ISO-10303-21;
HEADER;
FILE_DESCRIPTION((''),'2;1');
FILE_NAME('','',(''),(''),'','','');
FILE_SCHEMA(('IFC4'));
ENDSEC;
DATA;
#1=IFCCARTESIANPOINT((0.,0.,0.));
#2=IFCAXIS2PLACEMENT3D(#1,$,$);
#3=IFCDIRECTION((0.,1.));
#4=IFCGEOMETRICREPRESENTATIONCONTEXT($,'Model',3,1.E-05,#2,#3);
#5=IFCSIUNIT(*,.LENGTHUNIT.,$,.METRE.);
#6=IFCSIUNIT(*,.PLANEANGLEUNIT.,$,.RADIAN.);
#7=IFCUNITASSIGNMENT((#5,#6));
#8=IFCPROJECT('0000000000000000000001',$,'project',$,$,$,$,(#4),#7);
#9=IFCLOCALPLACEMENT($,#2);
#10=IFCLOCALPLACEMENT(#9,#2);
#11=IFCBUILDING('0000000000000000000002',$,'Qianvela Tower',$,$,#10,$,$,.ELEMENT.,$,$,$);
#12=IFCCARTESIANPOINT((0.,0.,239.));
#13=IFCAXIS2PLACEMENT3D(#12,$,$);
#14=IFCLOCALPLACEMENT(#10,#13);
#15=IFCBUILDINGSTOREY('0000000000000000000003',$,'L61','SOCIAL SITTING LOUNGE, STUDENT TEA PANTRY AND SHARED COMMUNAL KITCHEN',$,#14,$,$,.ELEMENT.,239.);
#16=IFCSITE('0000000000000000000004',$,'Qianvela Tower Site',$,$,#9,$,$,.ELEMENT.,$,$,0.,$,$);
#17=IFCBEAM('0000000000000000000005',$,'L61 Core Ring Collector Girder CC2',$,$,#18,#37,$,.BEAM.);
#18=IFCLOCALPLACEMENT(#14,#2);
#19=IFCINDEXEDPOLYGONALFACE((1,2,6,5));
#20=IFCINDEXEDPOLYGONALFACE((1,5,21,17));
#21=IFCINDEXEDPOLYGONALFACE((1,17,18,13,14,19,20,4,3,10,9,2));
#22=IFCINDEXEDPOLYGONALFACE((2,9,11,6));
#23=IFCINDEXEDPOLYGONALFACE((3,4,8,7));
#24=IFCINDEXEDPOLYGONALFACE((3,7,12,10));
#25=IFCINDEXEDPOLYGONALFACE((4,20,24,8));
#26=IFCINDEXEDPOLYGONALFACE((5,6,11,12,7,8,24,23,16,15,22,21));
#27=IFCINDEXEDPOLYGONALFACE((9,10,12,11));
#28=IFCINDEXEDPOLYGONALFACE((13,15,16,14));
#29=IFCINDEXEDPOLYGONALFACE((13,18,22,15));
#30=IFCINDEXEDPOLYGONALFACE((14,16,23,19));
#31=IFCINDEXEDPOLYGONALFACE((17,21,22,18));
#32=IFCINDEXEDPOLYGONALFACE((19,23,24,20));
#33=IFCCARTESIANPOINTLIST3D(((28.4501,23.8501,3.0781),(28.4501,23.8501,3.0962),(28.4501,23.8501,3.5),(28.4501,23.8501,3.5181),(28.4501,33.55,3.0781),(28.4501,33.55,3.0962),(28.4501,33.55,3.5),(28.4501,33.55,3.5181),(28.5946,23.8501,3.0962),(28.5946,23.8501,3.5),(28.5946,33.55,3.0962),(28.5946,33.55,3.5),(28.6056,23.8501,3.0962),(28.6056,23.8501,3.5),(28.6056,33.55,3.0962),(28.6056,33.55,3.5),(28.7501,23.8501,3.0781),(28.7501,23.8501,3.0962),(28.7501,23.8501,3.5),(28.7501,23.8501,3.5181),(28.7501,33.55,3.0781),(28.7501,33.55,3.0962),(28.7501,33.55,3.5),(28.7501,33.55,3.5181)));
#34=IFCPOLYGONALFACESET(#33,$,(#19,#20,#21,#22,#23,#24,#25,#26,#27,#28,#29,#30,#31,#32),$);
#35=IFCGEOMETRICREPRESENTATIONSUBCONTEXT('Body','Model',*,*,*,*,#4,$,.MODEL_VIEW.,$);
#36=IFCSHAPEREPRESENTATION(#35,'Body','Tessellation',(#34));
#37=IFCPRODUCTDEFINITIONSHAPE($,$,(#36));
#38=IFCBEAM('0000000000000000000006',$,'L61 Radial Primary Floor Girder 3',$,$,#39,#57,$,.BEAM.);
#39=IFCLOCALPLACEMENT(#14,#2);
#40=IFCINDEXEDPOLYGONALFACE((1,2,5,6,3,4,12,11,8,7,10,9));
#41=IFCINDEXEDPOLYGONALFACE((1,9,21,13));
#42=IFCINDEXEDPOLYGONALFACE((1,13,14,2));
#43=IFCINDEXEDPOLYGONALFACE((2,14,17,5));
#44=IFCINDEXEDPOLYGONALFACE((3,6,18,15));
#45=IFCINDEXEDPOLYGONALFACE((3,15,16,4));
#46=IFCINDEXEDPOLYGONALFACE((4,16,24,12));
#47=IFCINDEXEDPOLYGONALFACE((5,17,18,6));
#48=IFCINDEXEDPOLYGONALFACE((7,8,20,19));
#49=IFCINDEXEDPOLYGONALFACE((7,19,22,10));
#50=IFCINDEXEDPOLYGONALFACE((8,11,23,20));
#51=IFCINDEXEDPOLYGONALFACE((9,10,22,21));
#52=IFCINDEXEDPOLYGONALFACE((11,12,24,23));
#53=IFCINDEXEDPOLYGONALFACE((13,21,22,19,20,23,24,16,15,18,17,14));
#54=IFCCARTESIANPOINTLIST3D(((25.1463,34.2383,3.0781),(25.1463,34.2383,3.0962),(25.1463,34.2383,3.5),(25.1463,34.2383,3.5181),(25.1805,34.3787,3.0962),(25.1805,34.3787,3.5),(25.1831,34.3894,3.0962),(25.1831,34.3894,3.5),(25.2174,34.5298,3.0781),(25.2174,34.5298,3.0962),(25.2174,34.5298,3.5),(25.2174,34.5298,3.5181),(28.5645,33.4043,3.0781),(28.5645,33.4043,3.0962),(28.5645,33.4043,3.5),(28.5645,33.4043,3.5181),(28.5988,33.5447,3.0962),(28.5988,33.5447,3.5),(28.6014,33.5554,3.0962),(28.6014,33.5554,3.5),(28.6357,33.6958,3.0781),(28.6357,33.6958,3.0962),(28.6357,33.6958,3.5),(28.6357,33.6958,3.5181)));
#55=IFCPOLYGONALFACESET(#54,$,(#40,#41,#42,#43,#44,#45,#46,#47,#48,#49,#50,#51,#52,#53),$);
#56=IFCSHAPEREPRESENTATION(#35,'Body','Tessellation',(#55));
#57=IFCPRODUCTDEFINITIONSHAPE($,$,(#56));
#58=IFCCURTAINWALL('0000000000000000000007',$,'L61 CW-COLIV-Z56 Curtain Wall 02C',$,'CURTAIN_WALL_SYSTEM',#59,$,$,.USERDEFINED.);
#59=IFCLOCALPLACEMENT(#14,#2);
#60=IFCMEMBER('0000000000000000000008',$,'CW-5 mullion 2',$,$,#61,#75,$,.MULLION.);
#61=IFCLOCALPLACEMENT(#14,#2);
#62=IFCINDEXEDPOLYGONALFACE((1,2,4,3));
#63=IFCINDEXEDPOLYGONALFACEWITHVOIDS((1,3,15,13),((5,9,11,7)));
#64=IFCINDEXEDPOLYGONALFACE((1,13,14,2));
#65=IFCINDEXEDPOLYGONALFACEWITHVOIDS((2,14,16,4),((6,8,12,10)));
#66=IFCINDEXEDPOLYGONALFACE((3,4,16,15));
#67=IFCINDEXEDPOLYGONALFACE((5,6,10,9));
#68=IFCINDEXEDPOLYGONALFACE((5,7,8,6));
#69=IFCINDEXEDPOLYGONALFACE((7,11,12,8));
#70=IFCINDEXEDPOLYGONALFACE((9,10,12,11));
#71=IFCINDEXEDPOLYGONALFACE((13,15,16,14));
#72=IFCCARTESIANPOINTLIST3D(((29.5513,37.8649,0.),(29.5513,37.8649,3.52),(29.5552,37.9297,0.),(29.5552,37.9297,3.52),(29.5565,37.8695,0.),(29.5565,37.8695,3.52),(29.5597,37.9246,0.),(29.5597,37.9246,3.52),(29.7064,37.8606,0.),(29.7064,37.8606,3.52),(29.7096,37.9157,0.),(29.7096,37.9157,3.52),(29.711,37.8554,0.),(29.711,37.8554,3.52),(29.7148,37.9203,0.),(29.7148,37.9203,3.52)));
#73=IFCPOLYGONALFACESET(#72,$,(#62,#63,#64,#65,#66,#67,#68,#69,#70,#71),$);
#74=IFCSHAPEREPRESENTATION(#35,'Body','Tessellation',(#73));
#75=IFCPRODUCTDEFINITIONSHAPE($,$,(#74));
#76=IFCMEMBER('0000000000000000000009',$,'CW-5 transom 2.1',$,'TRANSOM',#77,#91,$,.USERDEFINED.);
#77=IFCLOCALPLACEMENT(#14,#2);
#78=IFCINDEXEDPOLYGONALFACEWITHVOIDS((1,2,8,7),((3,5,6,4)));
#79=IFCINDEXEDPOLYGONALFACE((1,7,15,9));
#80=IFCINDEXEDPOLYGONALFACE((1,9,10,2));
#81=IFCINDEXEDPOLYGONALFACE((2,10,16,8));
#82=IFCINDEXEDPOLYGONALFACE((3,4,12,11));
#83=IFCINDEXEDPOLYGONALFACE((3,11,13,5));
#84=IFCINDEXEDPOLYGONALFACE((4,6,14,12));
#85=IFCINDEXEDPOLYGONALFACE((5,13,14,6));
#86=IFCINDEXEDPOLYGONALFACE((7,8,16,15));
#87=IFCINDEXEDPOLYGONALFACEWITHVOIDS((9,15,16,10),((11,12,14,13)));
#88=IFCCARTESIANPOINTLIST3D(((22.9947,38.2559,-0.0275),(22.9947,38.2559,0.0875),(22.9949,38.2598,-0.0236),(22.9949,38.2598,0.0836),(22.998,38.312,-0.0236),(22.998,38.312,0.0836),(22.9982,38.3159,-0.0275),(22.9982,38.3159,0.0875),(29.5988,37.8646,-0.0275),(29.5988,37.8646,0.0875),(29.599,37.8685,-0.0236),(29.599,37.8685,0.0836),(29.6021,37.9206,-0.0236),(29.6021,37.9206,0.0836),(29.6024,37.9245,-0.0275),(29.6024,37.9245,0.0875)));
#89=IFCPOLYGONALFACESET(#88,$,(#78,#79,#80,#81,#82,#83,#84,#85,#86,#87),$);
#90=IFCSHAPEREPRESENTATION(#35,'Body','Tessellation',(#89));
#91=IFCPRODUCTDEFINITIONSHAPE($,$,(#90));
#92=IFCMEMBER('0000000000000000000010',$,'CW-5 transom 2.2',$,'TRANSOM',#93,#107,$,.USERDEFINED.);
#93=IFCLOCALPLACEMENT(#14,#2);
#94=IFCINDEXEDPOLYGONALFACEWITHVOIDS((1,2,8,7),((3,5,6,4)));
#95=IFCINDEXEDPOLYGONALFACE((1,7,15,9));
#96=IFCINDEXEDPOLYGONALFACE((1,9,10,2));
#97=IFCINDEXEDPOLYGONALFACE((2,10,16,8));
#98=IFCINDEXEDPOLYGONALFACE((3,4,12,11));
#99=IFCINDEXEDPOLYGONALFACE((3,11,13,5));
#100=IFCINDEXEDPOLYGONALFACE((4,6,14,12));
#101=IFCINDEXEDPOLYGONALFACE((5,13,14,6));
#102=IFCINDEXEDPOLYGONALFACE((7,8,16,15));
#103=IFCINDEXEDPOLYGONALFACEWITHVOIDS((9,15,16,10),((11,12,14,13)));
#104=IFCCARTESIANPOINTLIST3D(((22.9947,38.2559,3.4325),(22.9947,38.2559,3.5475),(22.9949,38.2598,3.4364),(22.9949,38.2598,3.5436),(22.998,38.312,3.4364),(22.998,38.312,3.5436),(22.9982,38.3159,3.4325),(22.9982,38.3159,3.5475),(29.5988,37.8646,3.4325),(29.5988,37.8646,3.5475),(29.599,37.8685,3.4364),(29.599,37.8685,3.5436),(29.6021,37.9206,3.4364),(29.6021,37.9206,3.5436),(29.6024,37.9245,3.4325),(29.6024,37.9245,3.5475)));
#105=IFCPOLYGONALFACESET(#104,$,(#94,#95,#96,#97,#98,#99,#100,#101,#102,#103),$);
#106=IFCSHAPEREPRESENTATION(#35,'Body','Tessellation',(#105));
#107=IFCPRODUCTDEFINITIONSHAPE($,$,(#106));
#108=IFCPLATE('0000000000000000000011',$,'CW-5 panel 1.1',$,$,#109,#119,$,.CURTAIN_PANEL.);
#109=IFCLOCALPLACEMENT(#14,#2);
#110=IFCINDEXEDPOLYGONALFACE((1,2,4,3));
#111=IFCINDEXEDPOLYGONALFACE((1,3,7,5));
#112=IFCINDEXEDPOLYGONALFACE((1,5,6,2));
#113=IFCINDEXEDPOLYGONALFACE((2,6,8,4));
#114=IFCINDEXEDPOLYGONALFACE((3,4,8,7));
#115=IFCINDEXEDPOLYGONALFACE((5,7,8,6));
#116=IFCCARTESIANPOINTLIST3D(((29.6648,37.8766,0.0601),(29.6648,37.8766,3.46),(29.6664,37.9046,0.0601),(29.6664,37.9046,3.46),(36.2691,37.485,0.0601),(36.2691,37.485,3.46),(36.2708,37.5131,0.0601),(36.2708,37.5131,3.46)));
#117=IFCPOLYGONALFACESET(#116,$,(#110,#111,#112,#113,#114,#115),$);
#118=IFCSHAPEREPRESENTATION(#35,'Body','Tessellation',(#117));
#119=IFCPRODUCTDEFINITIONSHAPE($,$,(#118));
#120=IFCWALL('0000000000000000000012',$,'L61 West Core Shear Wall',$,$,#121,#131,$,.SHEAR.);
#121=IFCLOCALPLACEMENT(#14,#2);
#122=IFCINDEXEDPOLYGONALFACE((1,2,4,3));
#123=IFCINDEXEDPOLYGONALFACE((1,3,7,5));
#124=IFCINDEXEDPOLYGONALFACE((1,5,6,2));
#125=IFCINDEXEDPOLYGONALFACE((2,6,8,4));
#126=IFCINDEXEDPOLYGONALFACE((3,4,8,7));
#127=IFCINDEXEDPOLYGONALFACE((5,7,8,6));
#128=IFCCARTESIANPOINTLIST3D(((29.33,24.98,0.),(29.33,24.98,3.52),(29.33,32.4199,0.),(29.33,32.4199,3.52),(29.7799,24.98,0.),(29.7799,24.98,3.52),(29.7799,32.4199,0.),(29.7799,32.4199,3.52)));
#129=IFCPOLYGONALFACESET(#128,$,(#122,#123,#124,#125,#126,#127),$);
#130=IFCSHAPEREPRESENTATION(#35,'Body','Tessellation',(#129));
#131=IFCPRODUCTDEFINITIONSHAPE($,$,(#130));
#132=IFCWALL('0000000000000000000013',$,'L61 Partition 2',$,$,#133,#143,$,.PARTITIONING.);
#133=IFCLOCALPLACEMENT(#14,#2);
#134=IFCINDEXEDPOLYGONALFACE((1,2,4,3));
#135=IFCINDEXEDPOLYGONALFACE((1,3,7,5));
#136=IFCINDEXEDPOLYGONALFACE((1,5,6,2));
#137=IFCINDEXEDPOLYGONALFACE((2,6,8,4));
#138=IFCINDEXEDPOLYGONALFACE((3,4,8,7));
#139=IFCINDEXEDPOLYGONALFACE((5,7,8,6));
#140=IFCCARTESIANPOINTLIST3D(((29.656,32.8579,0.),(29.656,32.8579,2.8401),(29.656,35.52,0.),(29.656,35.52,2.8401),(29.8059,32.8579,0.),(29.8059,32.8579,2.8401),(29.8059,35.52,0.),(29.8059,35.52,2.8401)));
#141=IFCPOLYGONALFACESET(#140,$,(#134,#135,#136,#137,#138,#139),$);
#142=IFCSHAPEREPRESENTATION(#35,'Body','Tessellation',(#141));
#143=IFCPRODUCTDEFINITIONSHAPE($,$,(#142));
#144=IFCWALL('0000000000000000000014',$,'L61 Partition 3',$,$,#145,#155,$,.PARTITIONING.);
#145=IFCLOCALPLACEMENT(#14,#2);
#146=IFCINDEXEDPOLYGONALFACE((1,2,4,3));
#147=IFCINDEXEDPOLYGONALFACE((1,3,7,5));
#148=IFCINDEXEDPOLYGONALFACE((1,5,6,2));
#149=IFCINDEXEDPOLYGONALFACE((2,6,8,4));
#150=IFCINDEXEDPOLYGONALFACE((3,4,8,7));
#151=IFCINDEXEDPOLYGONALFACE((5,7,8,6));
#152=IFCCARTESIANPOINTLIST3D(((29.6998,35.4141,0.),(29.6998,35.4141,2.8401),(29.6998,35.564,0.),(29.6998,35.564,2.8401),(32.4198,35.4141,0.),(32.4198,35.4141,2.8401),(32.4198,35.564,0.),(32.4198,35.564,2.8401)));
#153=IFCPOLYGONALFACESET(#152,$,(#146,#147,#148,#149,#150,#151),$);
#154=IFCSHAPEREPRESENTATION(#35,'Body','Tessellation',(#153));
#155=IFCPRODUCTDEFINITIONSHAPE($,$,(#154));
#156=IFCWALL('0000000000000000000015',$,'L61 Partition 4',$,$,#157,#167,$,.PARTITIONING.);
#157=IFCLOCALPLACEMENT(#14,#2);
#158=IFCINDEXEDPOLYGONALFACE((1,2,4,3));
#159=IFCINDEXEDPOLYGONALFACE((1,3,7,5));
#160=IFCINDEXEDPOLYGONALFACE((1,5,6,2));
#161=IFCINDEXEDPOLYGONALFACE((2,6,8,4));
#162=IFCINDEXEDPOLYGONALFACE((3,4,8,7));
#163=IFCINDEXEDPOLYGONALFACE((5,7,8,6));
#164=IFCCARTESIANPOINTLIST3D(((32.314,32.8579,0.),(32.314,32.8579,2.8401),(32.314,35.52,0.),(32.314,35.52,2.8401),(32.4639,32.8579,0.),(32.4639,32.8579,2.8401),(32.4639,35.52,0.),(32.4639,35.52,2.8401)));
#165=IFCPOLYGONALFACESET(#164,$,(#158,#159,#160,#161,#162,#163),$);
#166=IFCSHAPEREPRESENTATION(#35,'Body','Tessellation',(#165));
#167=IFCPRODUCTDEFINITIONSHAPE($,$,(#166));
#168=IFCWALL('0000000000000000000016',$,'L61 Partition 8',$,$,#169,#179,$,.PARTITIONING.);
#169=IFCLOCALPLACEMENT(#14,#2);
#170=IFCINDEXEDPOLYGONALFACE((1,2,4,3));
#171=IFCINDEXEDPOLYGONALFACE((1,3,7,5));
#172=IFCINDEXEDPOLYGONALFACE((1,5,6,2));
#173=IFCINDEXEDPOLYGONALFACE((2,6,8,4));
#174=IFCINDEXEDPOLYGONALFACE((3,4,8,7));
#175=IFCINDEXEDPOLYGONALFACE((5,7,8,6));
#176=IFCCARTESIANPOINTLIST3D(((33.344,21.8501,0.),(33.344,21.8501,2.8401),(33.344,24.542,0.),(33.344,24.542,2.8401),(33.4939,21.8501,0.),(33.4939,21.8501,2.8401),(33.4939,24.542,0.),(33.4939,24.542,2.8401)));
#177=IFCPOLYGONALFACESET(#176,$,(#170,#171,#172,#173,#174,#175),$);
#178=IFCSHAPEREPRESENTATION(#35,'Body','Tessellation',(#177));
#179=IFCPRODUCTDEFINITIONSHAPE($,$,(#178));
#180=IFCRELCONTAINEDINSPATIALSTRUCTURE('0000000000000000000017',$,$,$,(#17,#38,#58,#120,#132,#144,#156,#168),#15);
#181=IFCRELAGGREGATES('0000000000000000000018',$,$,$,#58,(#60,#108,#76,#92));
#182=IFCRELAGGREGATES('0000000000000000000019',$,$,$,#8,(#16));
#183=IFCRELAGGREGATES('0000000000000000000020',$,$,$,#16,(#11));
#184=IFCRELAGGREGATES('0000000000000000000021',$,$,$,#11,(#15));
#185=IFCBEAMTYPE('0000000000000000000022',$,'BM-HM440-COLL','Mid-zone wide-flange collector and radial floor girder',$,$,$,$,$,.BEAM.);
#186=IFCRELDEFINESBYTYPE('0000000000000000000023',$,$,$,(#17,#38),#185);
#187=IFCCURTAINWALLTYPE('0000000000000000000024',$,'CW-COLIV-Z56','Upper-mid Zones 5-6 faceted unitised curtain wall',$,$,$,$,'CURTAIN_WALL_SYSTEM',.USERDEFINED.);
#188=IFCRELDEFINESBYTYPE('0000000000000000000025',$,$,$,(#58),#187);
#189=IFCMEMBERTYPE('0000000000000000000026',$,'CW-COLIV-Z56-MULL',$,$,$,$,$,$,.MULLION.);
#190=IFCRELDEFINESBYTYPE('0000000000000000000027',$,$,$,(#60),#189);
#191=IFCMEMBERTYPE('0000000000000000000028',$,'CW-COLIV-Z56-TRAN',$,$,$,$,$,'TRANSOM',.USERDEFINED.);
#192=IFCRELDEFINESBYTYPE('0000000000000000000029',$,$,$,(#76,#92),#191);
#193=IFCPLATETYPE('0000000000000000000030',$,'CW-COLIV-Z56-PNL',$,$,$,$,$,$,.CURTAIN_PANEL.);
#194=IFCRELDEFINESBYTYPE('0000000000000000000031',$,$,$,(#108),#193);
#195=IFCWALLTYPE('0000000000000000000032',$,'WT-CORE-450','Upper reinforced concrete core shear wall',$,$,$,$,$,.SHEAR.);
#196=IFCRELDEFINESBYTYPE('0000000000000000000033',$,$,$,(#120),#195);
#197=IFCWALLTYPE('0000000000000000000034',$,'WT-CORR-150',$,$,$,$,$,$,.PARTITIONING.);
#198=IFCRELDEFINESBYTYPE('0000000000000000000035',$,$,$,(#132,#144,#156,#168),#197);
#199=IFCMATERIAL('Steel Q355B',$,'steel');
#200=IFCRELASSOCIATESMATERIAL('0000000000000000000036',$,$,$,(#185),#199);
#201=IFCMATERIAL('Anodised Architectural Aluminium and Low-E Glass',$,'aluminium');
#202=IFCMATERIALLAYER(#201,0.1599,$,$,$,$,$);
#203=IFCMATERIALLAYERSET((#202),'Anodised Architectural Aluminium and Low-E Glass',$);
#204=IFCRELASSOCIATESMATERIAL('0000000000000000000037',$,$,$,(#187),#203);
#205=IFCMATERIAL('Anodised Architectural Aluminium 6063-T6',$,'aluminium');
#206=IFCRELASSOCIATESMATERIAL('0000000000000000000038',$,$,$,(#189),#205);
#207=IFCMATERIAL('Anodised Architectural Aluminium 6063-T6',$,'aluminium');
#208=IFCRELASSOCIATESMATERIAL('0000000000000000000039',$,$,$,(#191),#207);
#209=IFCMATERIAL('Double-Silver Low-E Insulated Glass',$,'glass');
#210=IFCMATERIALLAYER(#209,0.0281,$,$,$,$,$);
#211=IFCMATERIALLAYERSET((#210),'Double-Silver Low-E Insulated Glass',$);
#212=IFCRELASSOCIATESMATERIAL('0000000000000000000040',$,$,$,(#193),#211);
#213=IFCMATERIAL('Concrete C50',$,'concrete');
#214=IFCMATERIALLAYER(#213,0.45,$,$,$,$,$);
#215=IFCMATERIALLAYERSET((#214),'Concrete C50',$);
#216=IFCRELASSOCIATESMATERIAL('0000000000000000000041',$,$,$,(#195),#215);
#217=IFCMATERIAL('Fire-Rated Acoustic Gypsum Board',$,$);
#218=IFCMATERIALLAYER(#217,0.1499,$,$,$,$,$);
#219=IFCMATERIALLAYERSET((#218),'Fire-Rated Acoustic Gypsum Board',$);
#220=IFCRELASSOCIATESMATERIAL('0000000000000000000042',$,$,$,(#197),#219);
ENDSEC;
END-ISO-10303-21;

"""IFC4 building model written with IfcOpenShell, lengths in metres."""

from ifc_helpers import new_model, si_unit, direction, frame, frame_2d, origin, origin_2d, place, context, subcontext, project, spatial, rectangle, hollow_rectangle, i_section, extrude, material, layer, layer_set, material_profile, profile_set, type_object, element, aggregate, save


model = new_model("IFC4")

# Units and contexts
model_context = context("Model", 3, precision=1e-05, world=origin(), true_north=direction((0.0, 1.0)))
body_context = subcontext(model_context, "Body", "Model", "MODEL_VIEW")
ifc_project = project(units=[si_unit("LENGTHUNIT", "METRE"), si_unit("PLANEANGLEUNIT", "RADIAN")], contexts=[model_context])

# Site, building, storey
site_placement = place(None, origin())
site = spatial("IfcSite", under=ifc_project, at=site_placement, Name="Qianvela Tower Site", CompositionType="ELEMENT", RefElevation=0.0)
building_placement = place(site_placement, origin())
building = spatial("IfcBuilding", under=site, at=building_placement, Name="Qianvela Tower", CompositionType="ELEMENT")
storey_placement = place(building_placement, frame((0.0, 0.0, 239.0)))
storey = spatial("IfcBuildingStorey", under=building, at=storey_placement, Name="L61", Description="SOCIAL SITTING LOUNGE, STUDENT TEA PANTRY AND SHARED COMMUNAL KITCHEN", CompositionType="ELEMENT", Elevation=239.0)

# Beams
ifc_material_1 = material(Name="Steel Q355B", Category="steel")
ifc_material_profile_1 = material_profile(ifc_material_1, i_section(OverallWidth=0.3, OverallDepth=0.4399, WebThickness=0.011, FlangeThickness=0.0181, at=origin_2d()), Name="HM440x300x11x18")
ifc_profile_set_1 = profile_set([ifc_material_profile_1], Name="Steel Q355B")
beam_type = type_object("IfcBeamType", Name="BM-HM440-COLL", Description="Mid-zone wide-flange collector and radial floor girder", PredefinedType="BEAM", material=ifc_profile_set_1)
beam_1_placement = place(storey_placement, frame((28.6001, 33.55, 3.2981), z_axis=(0.0, -1.0, 0.0), x_axis=(1.0, 0.0, 0.0)))
element("IfcBeam", 1, at=beam_1_placement, inside=storey, type_object=beam_type, Name="L61 Core Ring Collector Girder CC2", PredefinedType="BEAM", context=body_context, shape_type="SweptSolid", body=[
    extrude(i_section(OverallWidth=0.3, OverallDepth=0.4399, WebThickness=0.011, FlangeThickness=0.0181, at=origin_2d()), origin(), (0.0, 0.0, 1.0), 9.7),
])
beam_2_placement = place(storey_placement, frame((28.6001, 33.55, 3.2981), z_axis=(-0.971502, 0.23703, 0.0), x_axis=(-0.23703, -0.971502, 0.0)))
element("IfcBeam", 2, at=beam_2_placement, inside=storey, type_object=beam_type, Name="L61 Radial Primary Floor Girder 3", PredefinedType="BEAM", context=body_context, shape_type="SweptSolid", body=[
    extrude(i_section(OverallWidth=0.3, OverallDepth=0.4399, WebThickness=0.011, FlangeThickness=0.0181, at=origin_2d()), origin(), (0.0, 0.0, 1.0), 3.5186),
])

# Curtain wall, members, plate
ifc_material_2 = material(Name="Anodised Architectural Aluminium and Low-E Glass", Category="aluminium")
ifc_layer_1 = layer(ifc_material_2, 0.1599)
ifc_layer_set_1 = layer_set([ifc_layer_1], Name="Anodised Architectural Aluminium and Low-E Glass")
curtain_wall_type = type_object("IfcCurtainWallType", Name="CW-COLIV-Z56", Description="Upper-mid Zones 5-6 faceted unitised curtain wall", ElementType="CURTAIN_WALL_SYSTEM", PredefinedType="USERDEFINED", material=ifc_layer_set_1)
curtain_wall_placement = place(storey_placement, origin())
curtain_wall = element("IfcCurtainWall", 3, at=curtain_wall_placement, inside=storey, type_object=curtain_wall_type, Name="L61 CW-COLIV-Z56 Curtain Wall 02C", ObjectType="CURTAIN_WALL_SYSTEM", PredefinedType="USERDEFINED")
ifc_material_3 = material(Name="Anodised Architectural Aluminium 6063-T6", Category="aluminium")
ifc_material_profile_2 = material_profile(ifc_material_3, hollow_rectangle(XDim=0.0649, YDim=0.1599, WallThickness=0.0049, at=origin_2d()), Name="ALU-MULL-65x160")
ifc_profile_set_2 = profile_set([ifc_material_profile_2], Name="Anodised Architectural Aluminium 6063-T6")
member_type_1 = type_object("IfcMemberType", Name="CW-COLIV-Z56-MULL", PredefinedType="MULLION", material=ifc_profile_set_2)
member_1_placement = place(storey_placement, frame((29.6331, 37.8926, 0.0), z_axis=(0.0, 0.0, 1.0), x_axis=(-0.05918, -0.998247, 0.0)))
member_1 = element("IfcMember", 4, at=member_1_placement, type_object=member_type_1, Name="CW-5 mullion 2", PredefinedType="MULLION", context=body_context, shape_type="SweptSolid", body=[
    extrude(hollow_rectangle(XDim=0.0649, YDim=0.1599, WallThickness=0.0049, at=origin_2d()), origin(), (0.0, 0.0, 1.0), 3.52),
])
ifc_material_4 = material(Name="Anodised Architectural Aluminium 6063-T6", Category="aluminium")
ifc_material_profile_3 = material_profile(ifc_material_4, hollow_rectangle(XDim=0.0601, YDim=0.115, WallThickness=0.0039, at=origin_2d()), Name="ALU-TRAN-60x115")
ifc_profile_set_3 = profile_set([ifc_material_profile_3], Name="Anodised Architectural Aluminium 6063-T6")
member_type_2 = type_object("IfcMemberType", Name="CW-COLIV-Z56-TRAN", ElementType="TRANSOM", PredefinedType="USERDEFINED", material=ifc_profile_set_3)
member_2_placement = place(storey_placement, frame((29.6006, 37.8945, 0.03), z_axis=(-0.998249, 0.059155, 0.0), x_axis=(-0.059155, -0.998249, 0.0)))
member_2 = element("IfcMember", 5, at=member_2_placement, type_object=member_type_2, Name="CW-5 transom 2.1", ObjectType="TRANSOM", PredefinedType="USERDEFINED", context=body_context, shape_type="SweptSolid", body=[
    extrude(hollow_rectangle(XDim=0.0601, YDim=0.115, WallThickness=0.0039, at=origin_2d()), origin(), (0.0, 0.0, 1.0), 6.6157),
])
member_3_placement = place(storey_placement, frame((29.6006, 37.8945, 3.49), z_axis=(-0.998249, 0.059155, 0.0), x_axis=(-0.059155, -0.998249, 0.0)))
member_3 = element("IfcMember", 6, at=member_3_placement, type_object=member_type_2, Name="CW-5 transom 2.2", ObjectType="TRANSOM", PredefinedType="USERDEFINED", context=body_context, shape_type="SweptSolid", body=[
    extrude(hollow_rectangle(XDim=0.0601, YDim=0.115, WallThickness=0.0039, at=origin_2d()), origin(), (0.0, 0.0, 1.0), 6.6157),
])
ifc_material_5 = material(Name="Double-Silver Low-E Insulated Glass", Category="glass")
ifc_layer_2 = layer(ifc_material_5, 0.0281)
ifc_layer_set_2 = layer_set([ifc_layer_2], Name="Double-Silver Low-E Insulated Glass")
plate_type = type_object("IfcPlateType", Name="CW-COLIV-Z56-PNL", PredefinedType="CURTAIN_PANEL", material=ifc_layer_set_2)
plate_placement = place(storey_placement, frame((32.9678, 37.6948, 0.0601), z_axis=(0.0, 0.0, 1.0), x_axis=(-0.998247, 0.05918, 0.0)))
plate = element("IfcPlate", 7, at=plate_placement, type_object=plate_type, Name="CW-5 panel 1.1", PredefinedType="CURTAIN_PANEL", context=body_context, shape_type="SweptSolid", body=[
    extrude(rectangle(XDim=6.616, YDim=0.0281, at=origin_2d()), origin(), (0.0, 0.0, 1.0), 3.3999),
])
aggregate(curtain_wall, [member_1, plate, member_2, member_3])

# Shared definitions
ifc_material_6 = material(Name="Concrete C50", Category="concrete")
ifc_layer_3 = layer(ifc_material_6, 0.45)
ifc_layer_set_3 = layer_set([ifc_layer_3], Name="Concrete C50")
wall_type_1 = type_object("IfcWallType", Name="WT-CORE-450", Description="Upper reinforced concrete core shear wall", PredefinedType="SHEAR", material=ifc_layer_set_3)

# Walls
wall_1_placement = place(storey_placement, frame((29.5549, 24.98, 0.0), z_axis=(0.0, 0.0, 1.0), x_axis=(0.0, 1.0, 0.0)))
element("IfcWall", 8, at=wall_1_placement, inside=storey, type_object=wall_type_1, Name="L61 West Core Shear Wall", PredefinedType="SHEAR", context=body_context, shape_type="SweptSolid", body=[
    extrude(rectangle(XDim=7.4399, YDim=0.45, at=frame_2d((3.72, 0.0))), origin(), (0.0, 0.0, 1.0), 3.52),
])
ifc_material_7 = material(Name="Fire-Rated Acoustic Gypsum Board")
ifc_layer_4 = layer(ifc_material_7, 0.1499)
ifc_layer_set_4 = layer_set([ifc_layer_4], Name="Fire-Rated Acoustic Gypsum Board")
wall_type_2 = type_object("IfcWallType", Name="WT-CORR-150", PredefinedType="PARTITIONING", material=ifc_layer_set_4)
wall_2_placement = place(storey_placement, frame((29.731, 32.8579, 0.0), z_axis=(0.0, 0.0, 1.0), x_axis=(0.0, 1.0, 0.0)))
element("IfcWall", 9, at=wall_2_placement, inside=storey, type_object=wall_type_2, Name="L61 Partition 2", PredefinedType="PARTITIONING", context=body_context, shape_type="SweptSolid", body=[
    extrude(rectangle(XDim=2.6621, YDim=0.1499, at=frame_2d((1.3311, 0.0))), origin(), (0.0, 0.0, 1.0), 2.8401),
])
wall_3_placement = place(storey_placement, frame((29.7, 35.489, 0.0), z_axis=(0.0, 0.0, 1.0), x_axis=(1.0, 0.0, 0.0)))
element("IfcWall", 10, at=wall_3_placement, inside=storey, type_object=wall_type_2, Name="L61 Partition 3", PredefinedType="PARTITIONING", context=body_context, shape_type="SweptSolid", body=[
    extrude(rectangle(XDim=2.72, YDim=0.1499, at=frame_2d((1.3599, 0.0))), origin(), (0.0, 0.0, 1.0), 2.8401),
])
wall_4_placement = place(storey_placement, frame((32.3889, 35.52, 0.0), z_axis=(0.0, 0.0, 1.0), x_axis=(0.0, -1.0, 0.0)))
element("IfcWall", 11, at=wall_4_placement, inside=storey, type_object=wall_type_2, Name="L61 Partition 4", PredefinedType="PARTITIONING", context=body_context, shape_type="SweptSolid", body=[
    extrude(rectangle(XDim=2.6621, YDim=0.1499, at=frame_2d((1.3311, 0.0))), origin(), (0.0, 0.0, 1.0), 2.8401),
])
wall_5_placement = place(storey_placement, frame((33.4189, 24.542, 0.0), z_axis=(0.0, 0.0, 1.0), x_axis=(0.0, -1.0, 0.0)))
element("IfcWall", 12, at=wall_5_placement, inside=storey, type_object=wall_type_2, Name="L61 Partition 8", PredefinedType="PARTITIONING", context=body_context, shape_type="SweptSolid", body=[
    extrude(rectangle(XDim=2.6919, YDim=0.1499, at=frame_2d((1.3459, 0.0))), origin(), (0.0, 0.0, 1.0), 2.8401),
])

save(model, "model.ifc")
